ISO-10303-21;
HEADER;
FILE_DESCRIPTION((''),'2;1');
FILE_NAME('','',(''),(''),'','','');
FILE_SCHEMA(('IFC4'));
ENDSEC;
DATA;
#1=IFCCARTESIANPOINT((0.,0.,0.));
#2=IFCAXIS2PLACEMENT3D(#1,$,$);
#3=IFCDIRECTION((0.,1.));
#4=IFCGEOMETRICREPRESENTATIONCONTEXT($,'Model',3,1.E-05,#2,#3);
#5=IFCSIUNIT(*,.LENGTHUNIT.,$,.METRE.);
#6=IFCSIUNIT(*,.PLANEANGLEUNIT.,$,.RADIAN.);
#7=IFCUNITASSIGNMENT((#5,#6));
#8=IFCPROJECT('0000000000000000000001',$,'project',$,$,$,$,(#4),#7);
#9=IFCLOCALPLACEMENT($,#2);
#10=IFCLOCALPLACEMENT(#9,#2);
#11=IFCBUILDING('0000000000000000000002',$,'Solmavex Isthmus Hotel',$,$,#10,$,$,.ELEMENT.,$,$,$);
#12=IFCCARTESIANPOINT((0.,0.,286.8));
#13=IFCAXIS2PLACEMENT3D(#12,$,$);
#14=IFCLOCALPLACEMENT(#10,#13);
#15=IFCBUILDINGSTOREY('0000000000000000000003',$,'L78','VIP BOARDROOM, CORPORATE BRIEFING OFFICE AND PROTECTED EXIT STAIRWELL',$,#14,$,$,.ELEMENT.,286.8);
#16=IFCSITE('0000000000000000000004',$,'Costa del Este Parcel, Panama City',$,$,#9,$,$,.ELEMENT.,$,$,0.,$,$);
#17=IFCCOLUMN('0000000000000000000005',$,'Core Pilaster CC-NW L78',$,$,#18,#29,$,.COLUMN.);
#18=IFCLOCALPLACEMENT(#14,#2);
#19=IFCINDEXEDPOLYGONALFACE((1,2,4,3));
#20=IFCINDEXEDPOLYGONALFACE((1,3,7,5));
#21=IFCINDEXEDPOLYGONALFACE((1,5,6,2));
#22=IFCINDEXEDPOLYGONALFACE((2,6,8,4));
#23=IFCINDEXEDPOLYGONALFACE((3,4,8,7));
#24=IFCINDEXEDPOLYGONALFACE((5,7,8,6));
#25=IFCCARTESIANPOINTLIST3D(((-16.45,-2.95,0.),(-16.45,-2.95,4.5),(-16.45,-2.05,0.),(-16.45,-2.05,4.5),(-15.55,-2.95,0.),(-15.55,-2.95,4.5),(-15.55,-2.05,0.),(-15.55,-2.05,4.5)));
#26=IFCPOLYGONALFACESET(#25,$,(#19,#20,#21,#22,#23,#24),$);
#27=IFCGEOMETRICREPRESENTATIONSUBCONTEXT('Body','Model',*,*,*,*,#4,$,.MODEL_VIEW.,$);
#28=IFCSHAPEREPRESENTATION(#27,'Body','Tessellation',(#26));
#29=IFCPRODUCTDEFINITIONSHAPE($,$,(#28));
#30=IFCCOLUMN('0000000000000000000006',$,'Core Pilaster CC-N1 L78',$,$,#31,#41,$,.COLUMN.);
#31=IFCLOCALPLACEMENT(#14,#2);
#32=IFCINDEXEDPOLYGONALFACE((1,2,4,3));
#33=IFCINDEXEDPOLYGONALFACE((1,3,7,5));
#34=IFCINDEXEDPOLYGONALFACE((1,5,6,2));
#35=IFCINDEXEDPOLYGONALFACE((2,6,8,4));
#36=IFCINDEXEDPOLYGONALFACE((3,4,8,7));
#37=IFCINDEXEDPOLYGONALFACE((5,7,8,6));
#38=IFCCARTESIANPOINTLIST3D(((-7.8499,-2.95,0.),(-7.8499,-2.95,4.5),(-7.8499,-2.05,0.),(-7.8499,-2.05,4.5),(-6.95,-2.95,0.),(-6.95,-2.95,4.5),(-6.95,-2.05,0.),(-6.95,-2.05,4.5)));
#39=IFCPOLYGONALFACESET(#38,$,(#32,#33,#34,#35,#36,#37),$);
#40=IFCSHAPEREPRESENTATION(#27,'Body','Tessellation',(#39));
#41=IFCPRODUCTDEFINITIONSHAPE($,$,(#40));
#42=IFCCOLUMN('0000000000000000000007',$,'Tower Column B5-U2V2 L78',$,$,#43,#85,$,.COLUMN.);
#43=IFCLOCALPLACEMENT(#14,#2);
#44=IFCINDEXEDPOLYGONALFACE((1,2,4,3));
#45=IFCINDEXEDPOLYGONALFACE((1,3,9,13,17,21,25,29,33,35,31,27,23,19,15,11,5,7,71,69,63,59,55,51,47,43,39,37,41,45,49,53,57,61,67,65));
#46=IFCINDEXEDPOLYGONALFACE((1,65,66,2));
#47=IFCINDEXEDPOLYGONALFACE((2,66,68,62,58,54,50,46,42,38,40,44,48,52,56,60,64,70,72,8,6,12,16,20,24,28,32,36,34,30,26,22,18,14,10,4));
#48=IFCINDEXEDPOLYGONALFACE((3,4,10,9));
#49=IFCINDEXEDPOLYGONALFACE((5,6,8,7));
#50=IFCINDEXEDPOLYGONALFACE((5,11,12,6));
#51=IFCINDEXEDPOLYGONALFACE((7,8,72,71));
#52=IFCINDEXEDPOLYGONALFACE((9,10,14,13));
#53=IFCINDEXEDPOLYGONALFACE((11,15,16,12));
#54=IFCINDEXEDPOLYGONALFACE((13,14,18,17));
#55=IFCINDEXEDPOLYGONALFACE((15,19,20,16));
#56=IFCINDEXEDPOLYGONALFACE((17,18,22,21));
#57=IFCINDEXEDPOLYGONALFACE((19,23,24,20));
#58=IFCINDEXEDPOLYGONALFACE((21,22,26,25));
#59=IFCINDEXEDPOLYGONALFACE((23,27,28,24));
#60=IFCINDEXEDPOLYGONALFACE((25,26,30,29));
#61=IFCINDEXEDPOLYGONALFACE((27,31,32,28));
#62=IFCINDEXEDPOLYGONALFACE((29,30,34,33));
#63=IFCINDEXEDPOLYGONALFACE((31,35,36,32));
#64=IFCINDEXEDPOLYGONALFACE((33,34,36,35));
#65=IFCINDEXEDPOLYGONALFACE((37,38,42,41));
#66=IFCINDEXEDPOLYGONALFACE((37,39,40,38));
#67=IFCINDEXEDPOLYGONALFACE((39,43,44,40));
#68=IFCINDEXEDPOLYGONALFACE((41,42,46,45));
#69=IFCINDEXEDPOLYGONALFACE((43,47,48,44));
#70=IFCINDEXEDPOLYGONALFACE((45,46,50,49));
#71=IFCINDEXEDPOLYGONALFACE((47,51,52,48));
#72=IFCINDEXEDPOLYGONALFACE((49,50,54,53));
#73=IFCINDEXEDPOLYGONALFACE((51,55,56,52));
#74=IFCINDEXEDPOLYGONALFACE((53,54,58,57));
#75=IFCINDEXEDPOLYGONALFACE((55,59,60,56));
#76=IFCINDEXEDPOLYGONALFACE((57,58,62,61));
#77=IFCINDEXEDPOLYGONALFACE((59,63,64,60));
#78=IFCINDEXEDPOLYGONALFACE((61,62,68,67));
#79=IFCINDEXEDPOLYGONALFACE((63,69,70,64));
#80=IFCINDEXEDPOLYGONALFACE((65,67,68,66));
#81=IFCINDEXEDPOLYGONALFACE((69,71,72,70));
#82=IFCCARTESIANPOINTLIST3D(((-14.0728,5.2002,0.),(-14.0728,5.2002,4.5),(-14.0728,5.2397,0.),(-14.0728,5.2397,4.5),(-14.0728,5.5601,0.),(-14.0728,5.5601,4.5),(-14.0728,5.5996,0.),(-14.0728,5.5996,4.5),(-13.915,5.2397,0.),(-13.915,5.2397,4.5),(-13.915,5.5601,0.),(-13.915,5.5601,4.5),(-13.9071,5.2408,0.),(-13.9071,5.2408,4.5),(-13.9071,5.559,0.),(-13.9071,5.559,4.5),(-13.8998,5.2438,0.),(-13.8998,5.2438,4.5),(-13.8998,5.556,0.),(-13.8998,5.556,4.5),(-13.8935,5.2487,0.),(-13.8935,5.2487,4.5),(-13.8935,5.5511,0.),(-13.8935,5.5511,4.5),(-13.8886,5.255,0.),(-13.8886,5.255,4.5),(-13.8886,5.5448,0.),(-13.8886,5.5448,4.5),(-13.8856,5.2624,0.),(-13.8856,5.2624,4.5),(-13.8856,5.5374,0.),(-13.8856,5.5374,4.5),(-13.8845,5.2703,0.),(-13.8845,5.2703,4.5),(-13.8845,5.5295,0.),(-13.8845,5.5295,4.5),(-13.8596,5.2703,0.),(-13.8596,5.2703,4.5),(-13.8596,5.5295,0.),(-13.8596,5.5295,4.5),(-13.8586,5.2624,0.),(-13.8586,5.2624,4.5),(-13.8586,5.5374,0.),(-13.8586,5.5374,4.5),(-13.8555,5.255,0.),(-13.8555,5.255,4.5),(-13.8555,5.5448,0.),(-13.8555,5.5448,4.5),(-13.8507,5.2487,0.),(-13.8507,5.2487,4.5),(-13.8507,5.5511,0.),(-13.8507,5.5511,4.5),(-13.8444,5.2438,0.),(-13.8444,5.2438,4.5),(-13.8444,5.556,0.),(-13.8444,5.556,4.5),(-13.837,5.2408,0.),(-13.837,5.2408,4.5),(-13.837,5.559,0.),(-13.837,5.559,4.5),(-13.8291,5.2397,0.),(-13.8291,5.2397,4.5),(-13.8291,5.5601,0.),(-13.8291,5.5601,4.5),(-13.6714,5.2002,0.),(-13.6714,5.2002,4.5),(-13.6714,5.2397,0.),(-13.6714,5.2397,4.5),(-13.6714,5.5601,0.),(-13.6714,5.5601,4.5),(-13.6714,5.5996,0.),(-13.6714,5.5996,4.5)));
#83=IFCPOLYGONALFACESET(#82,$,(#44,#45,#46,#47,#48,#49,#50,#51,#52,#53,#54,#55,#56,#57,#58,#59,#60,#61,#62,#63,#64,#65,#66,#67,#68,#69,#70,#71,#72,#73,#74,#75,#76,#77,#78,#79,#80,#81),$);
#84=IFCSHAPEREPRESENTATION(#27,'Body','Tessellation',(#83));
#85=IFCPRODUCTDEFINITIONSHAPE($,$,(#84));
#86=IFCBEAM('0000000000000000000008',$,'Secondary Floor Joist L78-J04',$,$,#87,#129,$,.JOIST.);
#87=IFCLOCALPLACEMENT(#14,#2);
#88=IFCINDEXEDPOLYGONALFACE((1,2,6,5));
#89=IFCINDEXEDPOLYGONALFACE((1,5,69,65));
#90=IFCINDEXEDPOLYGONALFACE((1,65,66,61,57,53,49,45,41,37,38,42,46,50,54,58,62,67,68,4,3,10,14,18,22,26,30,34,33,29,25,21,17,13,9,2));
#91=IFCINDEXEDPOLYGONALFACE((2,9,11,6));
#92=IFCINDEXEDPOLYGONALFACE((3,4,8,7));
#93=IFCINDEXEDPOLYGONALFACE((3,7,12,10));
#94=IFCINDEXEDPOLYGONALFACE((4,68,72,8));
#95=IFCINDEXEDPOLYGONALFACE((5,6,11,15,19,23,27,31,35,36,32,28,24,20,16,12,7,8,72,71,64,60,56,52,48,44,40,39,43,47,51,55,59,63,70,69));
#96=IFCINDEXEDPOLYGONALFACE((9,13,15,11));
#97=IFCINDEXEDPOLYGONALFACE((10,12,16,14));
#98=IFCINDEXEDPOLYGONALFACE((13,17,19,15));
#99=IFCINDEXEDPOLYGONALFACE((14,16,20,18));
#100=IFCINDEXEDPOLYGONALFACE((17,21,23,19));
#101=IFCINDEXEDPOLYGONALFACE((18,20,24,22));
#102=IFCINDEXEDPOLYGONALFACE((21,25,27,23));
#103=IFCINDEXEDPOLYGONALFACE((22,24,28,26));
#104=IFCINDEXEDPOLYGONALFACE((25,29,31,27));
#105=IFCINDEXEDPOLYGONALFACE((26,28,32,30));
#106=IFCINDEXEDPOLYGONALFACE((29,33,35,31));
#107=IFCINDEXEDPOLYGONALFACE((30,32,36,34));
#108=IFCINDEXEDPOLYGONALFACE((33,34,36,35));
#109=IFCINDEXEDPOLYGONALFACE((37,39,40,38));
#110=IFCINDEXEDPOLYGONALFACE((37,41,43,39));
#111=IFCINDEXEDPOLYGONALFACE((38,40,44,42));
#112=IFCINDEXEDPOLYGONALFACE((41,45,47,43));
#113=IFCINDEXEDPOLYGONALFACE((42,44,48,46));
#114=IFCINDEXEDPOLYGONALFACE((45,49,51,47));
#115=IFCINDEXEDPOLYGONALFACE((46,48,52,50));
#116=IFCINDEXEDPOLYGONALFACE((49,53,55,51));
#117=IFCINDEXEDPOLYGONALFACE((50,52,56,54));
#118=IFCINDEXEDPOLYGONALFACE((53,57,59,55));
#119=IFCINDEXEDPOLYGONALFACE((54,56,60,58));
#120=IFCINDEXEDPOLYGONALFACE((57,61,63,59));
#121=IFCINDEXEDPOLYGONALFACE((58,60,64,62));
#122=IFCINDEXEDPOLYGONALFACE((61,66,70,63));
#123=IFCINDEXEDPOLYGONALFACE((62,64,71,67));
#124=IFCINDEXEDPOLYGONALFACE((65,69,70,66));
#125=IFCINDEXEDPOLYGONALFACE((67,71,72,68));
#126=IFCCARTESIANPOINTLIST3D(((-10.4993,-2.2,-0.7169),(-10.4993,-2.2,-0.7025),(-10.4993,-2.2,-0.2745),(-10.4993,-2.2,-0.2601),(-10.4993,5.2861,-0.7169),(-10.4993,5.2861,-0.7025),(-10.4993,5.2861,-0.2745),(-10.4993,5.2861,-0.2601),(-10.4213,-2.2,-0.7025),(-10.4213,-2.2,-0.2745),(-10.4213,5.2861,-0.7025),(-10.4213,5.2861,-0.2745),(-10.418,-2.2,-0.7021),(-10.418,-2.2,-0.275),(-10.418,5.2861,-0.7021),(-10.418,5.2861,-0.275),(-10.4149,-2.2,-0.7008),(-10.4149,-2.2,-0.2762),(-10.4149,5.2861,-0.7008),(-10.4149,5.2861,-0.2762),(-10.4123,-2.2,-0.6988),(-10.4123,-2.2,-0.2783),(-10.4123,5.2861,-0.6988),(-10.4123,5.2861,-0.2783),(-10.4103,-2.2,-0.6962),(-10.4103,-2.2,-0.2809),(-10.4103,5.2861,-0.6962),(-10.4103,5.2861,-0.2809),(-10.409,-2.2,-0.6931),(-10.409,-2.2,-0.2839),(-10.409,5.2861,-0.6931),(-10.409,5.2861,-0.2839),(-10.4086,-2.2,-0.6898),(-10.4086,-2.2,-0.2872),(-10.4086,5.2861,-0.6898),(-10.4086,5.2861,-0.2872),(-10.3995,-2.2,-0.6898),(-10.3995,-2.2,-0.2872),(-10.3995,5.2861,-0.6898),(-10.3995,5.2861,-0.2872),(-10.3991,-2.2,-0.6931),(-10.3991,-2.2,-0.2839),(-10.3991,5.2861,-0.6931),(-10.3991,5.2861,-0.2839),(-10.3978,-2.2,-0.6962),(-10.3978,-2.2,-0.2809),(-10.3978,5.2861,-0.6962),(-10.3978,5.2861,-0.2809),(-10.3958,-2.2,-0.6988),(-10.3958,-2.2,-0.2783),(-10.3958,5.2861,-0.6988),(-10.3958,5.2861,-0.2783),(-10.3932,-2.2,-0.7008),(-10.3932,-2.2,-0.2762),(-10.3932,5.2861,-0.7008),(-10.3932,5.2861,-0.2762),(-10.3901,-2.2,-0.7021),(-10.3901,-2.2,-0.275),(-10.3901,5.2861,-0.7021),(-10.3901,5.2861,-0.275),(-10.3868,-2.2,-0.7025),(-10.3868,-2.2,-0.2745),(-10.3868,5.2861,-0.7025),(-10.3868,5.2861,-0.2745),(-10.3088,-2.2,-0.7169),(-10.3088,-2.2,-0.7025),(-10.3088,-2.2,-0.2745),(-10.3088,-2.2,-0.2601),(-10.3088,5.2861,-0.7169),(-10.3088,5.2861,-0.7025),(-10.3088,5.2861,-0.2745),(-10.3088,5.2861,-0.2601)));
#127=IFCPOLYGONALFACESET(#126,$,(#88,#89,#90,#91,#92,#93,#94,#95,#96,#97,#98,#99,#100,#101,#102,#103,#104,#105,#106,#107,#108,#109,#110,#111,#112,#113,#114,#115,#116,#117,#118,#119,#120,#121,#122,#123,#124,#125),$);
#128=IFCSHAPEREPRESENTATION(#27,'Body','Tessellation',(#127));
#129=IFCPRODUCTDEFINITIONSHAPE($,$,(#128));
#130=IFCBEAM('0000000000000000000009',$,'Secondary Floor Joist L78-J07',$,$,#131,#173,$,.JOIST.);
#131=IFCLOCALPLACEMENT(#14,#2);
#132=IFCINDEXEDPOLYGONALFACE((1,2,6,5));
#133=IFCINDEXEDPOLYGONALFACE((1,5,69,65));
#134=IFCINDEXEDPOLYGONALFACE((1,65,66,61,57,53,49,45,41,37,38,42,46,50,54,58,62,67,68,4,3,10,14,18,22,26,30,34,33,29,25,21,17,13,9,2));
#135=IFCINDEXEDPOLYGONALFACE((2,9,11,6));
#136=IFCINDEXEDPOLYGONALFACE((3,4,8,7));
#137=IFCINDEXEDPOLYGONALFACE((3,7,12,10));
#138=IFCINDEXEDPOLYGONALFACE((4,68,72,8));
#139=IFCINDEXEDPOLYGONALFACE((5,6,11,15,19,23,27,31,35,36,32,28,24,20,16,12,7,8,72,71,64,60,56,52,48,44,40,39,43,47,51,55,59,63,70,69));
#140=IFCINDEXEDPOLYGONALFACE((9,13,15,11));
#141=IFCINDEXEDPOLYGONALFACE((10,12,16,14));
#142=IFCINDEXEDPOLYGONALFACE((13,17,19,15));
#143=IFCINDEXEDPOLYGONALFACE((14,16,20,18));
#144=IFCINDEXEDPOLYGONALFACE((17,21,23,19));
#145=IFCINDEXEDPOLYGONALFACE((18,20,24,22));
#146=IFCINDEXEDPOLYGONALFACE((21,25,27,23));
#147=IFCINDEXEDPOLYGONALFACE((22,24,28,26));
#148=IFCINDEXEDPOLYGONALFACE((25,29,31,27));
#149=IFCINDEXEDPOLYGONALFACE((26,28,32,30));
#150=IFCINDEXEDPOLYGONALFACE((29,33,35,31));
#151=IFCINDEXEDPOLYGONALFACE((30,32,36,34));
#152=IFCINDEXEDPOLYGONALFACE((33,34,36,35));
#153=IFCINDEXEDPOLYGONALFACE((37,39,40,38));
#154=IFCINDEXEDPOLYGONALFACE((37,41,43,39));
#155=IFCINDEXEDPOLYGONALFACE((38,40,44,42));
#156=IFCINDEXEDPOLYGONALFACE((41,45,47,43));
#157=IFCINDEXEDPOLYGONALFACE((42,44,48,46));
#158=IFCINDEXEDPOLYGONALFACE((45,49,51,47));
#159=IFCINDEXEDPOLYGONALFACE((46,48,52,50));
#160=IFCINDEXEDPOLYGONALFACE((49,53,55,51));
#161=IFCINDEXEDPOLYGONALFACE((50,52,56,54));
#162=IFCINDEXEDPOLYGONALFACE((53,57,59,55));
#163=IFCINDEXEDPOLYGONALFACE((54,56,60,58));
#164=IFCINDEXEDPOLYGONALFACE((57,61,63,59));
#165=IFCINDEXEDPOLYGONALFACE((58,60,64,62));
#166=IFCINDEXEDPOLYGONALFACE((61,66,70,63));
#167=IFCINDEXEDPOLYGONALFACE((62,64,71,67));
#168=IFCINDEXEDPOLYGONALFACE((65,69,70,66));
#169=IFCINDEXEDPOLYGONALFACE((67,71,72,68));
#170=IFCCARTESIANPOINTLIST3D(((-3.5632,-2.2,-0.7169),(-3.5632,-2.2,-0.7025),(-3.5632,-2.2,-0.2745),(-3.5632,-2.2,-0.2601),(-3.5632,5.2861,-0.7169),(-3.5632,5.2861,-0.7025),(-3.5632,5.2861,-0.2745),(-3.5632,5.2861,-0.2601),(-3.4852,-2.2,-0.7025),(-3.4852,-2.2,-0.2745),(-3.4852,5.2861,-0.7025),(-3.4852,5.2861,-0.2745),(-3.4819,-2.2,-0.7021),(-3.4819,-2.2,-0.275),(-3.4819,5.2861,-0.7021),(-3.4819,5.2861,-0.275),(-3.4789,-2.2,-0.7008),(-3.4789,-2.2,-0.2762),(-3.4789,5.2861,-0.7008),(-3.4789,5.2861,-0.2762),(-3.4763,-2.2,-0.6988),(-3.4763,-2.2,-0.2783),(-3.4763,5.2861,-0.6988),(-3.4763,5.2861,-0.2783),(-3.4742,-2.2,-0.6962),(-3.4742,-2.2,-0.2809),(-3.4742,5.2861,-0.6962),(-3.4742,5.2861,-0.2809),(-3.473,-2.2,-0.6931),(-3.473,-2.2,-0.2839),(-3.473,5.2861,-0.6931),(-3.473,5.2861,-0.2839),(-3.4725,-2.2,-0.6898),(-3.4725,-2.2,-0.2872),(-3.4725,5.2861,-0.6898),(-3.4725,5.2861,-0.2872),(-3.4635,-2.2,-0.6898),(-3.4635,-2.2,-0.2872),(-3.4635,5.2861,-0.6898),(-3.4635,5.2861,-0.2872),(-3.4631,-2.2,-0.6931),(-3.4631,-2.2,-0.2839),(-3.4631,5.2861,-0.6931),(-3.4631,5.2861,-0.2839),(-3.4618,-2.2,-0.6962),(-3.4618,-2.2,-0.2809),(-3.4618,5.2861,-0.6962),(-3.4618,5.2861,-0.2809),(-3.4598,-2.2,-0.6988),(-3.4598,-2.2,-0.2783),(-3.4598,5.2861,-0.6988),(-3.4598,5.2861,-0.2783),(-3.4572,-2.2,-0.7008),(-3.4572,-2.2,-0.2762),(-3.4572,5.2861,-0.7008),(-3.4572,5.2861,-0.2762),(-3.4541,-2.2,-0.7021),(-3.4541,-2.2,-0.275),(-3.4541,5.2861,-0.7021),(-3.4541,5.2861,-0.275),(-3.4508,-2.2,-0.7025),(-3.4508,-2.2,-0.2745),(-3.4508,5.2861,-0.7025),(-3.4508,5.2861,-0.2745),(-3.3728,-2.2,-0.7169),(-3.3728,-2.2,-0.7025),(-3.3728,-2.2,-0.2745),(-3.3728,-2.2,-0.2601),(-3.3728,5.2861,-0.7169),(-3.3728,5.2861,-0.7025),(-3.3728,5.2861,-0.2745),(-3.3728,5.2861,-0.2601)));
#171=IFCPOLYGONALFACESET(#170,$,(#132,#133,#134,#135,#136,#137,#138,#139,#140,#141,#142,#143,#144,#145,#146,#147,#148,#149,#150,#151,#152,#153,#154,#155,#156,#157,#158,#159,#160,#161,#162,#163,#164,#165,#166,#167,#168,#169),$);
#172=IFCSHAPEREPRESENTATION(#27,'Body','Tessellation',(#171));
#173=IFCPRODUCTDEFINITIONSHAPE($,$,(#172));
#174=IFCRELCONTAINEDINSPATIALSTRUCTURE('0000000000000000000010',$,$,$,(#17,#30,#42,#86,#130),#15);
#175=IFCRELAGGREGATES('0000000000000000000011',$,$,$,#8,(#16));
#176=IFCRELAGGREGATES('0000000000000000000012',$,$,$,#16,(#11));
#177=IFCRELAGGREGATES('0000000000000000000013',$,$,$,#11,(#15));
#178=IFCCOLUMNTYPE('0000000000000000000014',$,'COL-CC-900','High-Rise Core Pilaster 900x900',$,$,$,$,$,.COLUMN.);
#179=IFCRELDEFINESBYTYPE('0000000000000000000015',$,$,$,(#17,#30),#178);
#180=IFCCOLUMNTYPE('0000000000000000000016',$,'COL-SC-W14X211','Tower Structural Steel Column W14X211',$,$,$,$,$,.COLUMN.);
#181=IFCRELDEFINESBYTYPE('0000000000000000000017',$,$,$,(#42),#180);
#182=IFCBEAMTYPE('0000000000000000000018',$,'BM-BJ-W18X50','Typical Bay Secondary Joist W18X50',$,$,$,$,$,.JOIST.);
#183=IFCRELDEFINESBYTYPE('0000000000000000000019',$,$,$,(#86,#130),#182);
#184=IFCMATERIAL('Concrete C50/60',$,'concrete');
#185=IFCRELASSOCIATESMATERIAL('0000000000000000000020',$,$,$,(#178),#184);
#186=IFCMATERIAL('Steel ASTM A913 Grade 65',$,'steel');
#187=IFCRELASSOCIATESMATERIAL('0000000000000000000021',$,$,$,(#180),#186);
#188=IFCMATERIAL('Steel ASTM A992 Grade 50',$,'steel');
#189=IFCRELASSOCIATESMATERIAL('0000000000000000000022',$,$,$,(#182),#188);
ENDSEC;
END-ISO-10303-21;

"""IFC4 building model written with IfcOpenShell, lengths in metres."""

from ifc_helpers import new_model, si_unit, direction, frame, origin, origin_2d, place, context, subcontext, project, spatial, rectangle, i_section, extrude, material, material_profile, profile_set, type_object, element, save


model = new_model("IFC4")

# Units and contexts
model_context = context("Model", 3, precision=1e-05, world=origin(), true_north=direction((0.0, 1.0)))
body_context = subcontext(model_context, "Body", "Model", "MODEL_VIEW")
ifc_project = project(units=[si_unit("LENGTHUNIT", "METRE"), si_unit("PLANEANGLEUNIT", "RADIAN")], contexts=[model_context])

# Site, building, storey
site_placement = place(None, origin())
site = spatial("IfcSite", under=ifc_project, at=site_placement, Name="Costa del Este Parcel, Panama City", CompositionType="ELEMENT", RefElevation=0.0)
building_placement = place(site_placement, origin())
building = spatial("IfcBuilding", under=site, at=building_placement, Name="Solmavex Isthmus Hotel", CompositionType="ELEMENT")
storey_placement = place(building_placement, frame((0.0, 0.0, 286.8)))
storey = spatial("IfcBuildingStorey", under=building, at=storey_placement, Name="L78", Description="VIP BOARDROOM, CORPORATE BRIEFING OFFICE AND PROTECTED EXIT STAIRWELL", CompositionType="ELEMENT", Elevation=286.8)

# Columns
ifc_material_1 = material(Name="Concrete C50/60", Category="concrete")
ifc_material_profile_1 = material_profile(ifc_material_1, rectangle(XDim=0.8999, YDim=0.8999, at=origin_2d()), Name="RC900X900")
ifc_profile_set_1 = profile_set([ifc_material_profile_1], Name="Concrete C50/60")
column_type_1 = type_object("IfcColumnType", Name="COL-CC-900", Description="High-Rise Core Pilaster 900x900", PredefinedType="COLUMN", material=ifc_profile_set_1)
for number, where, z_axis, x_axis, name in (
    (1, (-16.0, -2.5, 0.0), (0.0, 0.0, 1.0), (1.0, 0.0, 0.0), "Core Pilaster CC-NW L78"),
    (2, (-7.3999, -2.5, 0.0), (0.0, 0.0, 1.0), (1.0, 0.0, 0.0), "Core Pilaster CC-N1 L78"),
):
    element("IfcColumn", number, at=place(storey_placement, frame(where, z_axis=z_axis, x_axis=x_axis)), inside=storey, type_object=column_type_1, Name=name, PredefinedType="COLUMN", context=body_context, shape_type="SweptSolid", body=[
        extrude(rectangle(XDim=0.8999, YDim=0.8999, at=origin_2d()), origin(), (0.0, 0.0, 1.0), 4.5),
    ])
ifc_material_2 = material(Name="Steel ASTM A913 Grade 65", Category="steel")
ifc_material_profile_2 = material_profile(ifc_material_2, i_section(OverallWidth=0.4014, OverallDepth=0.3994, WebThickness=0.0249, FlangeThickness=0.0396, FilletRadius=0.0305, at=origin_2d()), Name="W14X211")
ifc_profile_set_2 = profile_set([ifc_material_profile_2], Name="Steel ASTM A913 Grade 65")
column_type_2 = type_object("IfcColumnType", Name="COL-SC-W14X211", Description="Tower Structural Steel Column W14X211", PredefinedType="COLUMN", material=ifc_profile_set_2)
column_placement = place(storey_placement, frame((-13.8721, 5.3999, 0.0), z_axis=(0.0, 0.0, 1.0), x_axis=(1.0, 0.0, 0.0)))
element("IfcColumn", 3, at=column_placement, inside=storey, type_object=column_type_2, Name="Tower Column B5-U2V2 L78", PredefinedType="COLUMN", context=body_context, shape_type="SweptSolid", body=[
    extrude(i_section(OverallWidth=0.4014, OverallDepth=0.3994, WebThickness=0.0249, FlangeThickness=0.0396, FilletRadius=0.0305, at=origin_2d()), origin(), (0.0, 0.0, 1.0), 4.5),
])

# Beams
ifc_material_3 = material(Name="Steel ASTM A992 Grade 50", Category="steel")
ifc_material_profile_3 = material_profile(ifc_material_3, i_section(OverallWidth=0.1904, OverallDepth=0.4568, WebThickness=0.009, FlangeThickness=0.0144, FilletRadius=0.0127, at=origin_2d()), Name="W18X50")
ifc_profile_set_3 = profile_set([ifc_material_profile_3], Name="Steel ASTM A992 Grade 50")
beam_type_1 = type_object("IfcBeamType", Name="BM-BJ-W18X50", Description="Typical Bay Secondary Joist W18X50", PredefinedType="JOIST", material=ifc_profile_set_3)
for number, where, z_axis, x_axis, name in (
    (4, (-10.4041, -2.2, -0.4885), (0.0, 1.0, 0.0), (-1.0, 0.0, 0.0), "Secondary Floor Joist L78-J04"),
    (5, (-3.468, -2.2, -0.4885), (0.0, 1.0, 0.0), (-1.0, 0.0, 0.0), "Secondary Floor Joist L78-J07"),
):
    element("IfcBeam", number, at=place(storey_placement, frame(where, z_axis=z_axis, x_axis=x_axis)), inside=storey, type_object=beam_type_1, Name=name, PredefinedType="JOIST", context=body_context, shape_type="SweptSolid", body=[
        extrude(i_section(OverallWidth=0.1904, OverallDepth=0.4568, WebThickness=0.009, FlangeThickness=0.0144, FilletRadius=0.0127, at=origin_2d()), origin(), (0.0, 0.0, 1.0), 7.4861),
    ])

save(model, "model.ifc")
